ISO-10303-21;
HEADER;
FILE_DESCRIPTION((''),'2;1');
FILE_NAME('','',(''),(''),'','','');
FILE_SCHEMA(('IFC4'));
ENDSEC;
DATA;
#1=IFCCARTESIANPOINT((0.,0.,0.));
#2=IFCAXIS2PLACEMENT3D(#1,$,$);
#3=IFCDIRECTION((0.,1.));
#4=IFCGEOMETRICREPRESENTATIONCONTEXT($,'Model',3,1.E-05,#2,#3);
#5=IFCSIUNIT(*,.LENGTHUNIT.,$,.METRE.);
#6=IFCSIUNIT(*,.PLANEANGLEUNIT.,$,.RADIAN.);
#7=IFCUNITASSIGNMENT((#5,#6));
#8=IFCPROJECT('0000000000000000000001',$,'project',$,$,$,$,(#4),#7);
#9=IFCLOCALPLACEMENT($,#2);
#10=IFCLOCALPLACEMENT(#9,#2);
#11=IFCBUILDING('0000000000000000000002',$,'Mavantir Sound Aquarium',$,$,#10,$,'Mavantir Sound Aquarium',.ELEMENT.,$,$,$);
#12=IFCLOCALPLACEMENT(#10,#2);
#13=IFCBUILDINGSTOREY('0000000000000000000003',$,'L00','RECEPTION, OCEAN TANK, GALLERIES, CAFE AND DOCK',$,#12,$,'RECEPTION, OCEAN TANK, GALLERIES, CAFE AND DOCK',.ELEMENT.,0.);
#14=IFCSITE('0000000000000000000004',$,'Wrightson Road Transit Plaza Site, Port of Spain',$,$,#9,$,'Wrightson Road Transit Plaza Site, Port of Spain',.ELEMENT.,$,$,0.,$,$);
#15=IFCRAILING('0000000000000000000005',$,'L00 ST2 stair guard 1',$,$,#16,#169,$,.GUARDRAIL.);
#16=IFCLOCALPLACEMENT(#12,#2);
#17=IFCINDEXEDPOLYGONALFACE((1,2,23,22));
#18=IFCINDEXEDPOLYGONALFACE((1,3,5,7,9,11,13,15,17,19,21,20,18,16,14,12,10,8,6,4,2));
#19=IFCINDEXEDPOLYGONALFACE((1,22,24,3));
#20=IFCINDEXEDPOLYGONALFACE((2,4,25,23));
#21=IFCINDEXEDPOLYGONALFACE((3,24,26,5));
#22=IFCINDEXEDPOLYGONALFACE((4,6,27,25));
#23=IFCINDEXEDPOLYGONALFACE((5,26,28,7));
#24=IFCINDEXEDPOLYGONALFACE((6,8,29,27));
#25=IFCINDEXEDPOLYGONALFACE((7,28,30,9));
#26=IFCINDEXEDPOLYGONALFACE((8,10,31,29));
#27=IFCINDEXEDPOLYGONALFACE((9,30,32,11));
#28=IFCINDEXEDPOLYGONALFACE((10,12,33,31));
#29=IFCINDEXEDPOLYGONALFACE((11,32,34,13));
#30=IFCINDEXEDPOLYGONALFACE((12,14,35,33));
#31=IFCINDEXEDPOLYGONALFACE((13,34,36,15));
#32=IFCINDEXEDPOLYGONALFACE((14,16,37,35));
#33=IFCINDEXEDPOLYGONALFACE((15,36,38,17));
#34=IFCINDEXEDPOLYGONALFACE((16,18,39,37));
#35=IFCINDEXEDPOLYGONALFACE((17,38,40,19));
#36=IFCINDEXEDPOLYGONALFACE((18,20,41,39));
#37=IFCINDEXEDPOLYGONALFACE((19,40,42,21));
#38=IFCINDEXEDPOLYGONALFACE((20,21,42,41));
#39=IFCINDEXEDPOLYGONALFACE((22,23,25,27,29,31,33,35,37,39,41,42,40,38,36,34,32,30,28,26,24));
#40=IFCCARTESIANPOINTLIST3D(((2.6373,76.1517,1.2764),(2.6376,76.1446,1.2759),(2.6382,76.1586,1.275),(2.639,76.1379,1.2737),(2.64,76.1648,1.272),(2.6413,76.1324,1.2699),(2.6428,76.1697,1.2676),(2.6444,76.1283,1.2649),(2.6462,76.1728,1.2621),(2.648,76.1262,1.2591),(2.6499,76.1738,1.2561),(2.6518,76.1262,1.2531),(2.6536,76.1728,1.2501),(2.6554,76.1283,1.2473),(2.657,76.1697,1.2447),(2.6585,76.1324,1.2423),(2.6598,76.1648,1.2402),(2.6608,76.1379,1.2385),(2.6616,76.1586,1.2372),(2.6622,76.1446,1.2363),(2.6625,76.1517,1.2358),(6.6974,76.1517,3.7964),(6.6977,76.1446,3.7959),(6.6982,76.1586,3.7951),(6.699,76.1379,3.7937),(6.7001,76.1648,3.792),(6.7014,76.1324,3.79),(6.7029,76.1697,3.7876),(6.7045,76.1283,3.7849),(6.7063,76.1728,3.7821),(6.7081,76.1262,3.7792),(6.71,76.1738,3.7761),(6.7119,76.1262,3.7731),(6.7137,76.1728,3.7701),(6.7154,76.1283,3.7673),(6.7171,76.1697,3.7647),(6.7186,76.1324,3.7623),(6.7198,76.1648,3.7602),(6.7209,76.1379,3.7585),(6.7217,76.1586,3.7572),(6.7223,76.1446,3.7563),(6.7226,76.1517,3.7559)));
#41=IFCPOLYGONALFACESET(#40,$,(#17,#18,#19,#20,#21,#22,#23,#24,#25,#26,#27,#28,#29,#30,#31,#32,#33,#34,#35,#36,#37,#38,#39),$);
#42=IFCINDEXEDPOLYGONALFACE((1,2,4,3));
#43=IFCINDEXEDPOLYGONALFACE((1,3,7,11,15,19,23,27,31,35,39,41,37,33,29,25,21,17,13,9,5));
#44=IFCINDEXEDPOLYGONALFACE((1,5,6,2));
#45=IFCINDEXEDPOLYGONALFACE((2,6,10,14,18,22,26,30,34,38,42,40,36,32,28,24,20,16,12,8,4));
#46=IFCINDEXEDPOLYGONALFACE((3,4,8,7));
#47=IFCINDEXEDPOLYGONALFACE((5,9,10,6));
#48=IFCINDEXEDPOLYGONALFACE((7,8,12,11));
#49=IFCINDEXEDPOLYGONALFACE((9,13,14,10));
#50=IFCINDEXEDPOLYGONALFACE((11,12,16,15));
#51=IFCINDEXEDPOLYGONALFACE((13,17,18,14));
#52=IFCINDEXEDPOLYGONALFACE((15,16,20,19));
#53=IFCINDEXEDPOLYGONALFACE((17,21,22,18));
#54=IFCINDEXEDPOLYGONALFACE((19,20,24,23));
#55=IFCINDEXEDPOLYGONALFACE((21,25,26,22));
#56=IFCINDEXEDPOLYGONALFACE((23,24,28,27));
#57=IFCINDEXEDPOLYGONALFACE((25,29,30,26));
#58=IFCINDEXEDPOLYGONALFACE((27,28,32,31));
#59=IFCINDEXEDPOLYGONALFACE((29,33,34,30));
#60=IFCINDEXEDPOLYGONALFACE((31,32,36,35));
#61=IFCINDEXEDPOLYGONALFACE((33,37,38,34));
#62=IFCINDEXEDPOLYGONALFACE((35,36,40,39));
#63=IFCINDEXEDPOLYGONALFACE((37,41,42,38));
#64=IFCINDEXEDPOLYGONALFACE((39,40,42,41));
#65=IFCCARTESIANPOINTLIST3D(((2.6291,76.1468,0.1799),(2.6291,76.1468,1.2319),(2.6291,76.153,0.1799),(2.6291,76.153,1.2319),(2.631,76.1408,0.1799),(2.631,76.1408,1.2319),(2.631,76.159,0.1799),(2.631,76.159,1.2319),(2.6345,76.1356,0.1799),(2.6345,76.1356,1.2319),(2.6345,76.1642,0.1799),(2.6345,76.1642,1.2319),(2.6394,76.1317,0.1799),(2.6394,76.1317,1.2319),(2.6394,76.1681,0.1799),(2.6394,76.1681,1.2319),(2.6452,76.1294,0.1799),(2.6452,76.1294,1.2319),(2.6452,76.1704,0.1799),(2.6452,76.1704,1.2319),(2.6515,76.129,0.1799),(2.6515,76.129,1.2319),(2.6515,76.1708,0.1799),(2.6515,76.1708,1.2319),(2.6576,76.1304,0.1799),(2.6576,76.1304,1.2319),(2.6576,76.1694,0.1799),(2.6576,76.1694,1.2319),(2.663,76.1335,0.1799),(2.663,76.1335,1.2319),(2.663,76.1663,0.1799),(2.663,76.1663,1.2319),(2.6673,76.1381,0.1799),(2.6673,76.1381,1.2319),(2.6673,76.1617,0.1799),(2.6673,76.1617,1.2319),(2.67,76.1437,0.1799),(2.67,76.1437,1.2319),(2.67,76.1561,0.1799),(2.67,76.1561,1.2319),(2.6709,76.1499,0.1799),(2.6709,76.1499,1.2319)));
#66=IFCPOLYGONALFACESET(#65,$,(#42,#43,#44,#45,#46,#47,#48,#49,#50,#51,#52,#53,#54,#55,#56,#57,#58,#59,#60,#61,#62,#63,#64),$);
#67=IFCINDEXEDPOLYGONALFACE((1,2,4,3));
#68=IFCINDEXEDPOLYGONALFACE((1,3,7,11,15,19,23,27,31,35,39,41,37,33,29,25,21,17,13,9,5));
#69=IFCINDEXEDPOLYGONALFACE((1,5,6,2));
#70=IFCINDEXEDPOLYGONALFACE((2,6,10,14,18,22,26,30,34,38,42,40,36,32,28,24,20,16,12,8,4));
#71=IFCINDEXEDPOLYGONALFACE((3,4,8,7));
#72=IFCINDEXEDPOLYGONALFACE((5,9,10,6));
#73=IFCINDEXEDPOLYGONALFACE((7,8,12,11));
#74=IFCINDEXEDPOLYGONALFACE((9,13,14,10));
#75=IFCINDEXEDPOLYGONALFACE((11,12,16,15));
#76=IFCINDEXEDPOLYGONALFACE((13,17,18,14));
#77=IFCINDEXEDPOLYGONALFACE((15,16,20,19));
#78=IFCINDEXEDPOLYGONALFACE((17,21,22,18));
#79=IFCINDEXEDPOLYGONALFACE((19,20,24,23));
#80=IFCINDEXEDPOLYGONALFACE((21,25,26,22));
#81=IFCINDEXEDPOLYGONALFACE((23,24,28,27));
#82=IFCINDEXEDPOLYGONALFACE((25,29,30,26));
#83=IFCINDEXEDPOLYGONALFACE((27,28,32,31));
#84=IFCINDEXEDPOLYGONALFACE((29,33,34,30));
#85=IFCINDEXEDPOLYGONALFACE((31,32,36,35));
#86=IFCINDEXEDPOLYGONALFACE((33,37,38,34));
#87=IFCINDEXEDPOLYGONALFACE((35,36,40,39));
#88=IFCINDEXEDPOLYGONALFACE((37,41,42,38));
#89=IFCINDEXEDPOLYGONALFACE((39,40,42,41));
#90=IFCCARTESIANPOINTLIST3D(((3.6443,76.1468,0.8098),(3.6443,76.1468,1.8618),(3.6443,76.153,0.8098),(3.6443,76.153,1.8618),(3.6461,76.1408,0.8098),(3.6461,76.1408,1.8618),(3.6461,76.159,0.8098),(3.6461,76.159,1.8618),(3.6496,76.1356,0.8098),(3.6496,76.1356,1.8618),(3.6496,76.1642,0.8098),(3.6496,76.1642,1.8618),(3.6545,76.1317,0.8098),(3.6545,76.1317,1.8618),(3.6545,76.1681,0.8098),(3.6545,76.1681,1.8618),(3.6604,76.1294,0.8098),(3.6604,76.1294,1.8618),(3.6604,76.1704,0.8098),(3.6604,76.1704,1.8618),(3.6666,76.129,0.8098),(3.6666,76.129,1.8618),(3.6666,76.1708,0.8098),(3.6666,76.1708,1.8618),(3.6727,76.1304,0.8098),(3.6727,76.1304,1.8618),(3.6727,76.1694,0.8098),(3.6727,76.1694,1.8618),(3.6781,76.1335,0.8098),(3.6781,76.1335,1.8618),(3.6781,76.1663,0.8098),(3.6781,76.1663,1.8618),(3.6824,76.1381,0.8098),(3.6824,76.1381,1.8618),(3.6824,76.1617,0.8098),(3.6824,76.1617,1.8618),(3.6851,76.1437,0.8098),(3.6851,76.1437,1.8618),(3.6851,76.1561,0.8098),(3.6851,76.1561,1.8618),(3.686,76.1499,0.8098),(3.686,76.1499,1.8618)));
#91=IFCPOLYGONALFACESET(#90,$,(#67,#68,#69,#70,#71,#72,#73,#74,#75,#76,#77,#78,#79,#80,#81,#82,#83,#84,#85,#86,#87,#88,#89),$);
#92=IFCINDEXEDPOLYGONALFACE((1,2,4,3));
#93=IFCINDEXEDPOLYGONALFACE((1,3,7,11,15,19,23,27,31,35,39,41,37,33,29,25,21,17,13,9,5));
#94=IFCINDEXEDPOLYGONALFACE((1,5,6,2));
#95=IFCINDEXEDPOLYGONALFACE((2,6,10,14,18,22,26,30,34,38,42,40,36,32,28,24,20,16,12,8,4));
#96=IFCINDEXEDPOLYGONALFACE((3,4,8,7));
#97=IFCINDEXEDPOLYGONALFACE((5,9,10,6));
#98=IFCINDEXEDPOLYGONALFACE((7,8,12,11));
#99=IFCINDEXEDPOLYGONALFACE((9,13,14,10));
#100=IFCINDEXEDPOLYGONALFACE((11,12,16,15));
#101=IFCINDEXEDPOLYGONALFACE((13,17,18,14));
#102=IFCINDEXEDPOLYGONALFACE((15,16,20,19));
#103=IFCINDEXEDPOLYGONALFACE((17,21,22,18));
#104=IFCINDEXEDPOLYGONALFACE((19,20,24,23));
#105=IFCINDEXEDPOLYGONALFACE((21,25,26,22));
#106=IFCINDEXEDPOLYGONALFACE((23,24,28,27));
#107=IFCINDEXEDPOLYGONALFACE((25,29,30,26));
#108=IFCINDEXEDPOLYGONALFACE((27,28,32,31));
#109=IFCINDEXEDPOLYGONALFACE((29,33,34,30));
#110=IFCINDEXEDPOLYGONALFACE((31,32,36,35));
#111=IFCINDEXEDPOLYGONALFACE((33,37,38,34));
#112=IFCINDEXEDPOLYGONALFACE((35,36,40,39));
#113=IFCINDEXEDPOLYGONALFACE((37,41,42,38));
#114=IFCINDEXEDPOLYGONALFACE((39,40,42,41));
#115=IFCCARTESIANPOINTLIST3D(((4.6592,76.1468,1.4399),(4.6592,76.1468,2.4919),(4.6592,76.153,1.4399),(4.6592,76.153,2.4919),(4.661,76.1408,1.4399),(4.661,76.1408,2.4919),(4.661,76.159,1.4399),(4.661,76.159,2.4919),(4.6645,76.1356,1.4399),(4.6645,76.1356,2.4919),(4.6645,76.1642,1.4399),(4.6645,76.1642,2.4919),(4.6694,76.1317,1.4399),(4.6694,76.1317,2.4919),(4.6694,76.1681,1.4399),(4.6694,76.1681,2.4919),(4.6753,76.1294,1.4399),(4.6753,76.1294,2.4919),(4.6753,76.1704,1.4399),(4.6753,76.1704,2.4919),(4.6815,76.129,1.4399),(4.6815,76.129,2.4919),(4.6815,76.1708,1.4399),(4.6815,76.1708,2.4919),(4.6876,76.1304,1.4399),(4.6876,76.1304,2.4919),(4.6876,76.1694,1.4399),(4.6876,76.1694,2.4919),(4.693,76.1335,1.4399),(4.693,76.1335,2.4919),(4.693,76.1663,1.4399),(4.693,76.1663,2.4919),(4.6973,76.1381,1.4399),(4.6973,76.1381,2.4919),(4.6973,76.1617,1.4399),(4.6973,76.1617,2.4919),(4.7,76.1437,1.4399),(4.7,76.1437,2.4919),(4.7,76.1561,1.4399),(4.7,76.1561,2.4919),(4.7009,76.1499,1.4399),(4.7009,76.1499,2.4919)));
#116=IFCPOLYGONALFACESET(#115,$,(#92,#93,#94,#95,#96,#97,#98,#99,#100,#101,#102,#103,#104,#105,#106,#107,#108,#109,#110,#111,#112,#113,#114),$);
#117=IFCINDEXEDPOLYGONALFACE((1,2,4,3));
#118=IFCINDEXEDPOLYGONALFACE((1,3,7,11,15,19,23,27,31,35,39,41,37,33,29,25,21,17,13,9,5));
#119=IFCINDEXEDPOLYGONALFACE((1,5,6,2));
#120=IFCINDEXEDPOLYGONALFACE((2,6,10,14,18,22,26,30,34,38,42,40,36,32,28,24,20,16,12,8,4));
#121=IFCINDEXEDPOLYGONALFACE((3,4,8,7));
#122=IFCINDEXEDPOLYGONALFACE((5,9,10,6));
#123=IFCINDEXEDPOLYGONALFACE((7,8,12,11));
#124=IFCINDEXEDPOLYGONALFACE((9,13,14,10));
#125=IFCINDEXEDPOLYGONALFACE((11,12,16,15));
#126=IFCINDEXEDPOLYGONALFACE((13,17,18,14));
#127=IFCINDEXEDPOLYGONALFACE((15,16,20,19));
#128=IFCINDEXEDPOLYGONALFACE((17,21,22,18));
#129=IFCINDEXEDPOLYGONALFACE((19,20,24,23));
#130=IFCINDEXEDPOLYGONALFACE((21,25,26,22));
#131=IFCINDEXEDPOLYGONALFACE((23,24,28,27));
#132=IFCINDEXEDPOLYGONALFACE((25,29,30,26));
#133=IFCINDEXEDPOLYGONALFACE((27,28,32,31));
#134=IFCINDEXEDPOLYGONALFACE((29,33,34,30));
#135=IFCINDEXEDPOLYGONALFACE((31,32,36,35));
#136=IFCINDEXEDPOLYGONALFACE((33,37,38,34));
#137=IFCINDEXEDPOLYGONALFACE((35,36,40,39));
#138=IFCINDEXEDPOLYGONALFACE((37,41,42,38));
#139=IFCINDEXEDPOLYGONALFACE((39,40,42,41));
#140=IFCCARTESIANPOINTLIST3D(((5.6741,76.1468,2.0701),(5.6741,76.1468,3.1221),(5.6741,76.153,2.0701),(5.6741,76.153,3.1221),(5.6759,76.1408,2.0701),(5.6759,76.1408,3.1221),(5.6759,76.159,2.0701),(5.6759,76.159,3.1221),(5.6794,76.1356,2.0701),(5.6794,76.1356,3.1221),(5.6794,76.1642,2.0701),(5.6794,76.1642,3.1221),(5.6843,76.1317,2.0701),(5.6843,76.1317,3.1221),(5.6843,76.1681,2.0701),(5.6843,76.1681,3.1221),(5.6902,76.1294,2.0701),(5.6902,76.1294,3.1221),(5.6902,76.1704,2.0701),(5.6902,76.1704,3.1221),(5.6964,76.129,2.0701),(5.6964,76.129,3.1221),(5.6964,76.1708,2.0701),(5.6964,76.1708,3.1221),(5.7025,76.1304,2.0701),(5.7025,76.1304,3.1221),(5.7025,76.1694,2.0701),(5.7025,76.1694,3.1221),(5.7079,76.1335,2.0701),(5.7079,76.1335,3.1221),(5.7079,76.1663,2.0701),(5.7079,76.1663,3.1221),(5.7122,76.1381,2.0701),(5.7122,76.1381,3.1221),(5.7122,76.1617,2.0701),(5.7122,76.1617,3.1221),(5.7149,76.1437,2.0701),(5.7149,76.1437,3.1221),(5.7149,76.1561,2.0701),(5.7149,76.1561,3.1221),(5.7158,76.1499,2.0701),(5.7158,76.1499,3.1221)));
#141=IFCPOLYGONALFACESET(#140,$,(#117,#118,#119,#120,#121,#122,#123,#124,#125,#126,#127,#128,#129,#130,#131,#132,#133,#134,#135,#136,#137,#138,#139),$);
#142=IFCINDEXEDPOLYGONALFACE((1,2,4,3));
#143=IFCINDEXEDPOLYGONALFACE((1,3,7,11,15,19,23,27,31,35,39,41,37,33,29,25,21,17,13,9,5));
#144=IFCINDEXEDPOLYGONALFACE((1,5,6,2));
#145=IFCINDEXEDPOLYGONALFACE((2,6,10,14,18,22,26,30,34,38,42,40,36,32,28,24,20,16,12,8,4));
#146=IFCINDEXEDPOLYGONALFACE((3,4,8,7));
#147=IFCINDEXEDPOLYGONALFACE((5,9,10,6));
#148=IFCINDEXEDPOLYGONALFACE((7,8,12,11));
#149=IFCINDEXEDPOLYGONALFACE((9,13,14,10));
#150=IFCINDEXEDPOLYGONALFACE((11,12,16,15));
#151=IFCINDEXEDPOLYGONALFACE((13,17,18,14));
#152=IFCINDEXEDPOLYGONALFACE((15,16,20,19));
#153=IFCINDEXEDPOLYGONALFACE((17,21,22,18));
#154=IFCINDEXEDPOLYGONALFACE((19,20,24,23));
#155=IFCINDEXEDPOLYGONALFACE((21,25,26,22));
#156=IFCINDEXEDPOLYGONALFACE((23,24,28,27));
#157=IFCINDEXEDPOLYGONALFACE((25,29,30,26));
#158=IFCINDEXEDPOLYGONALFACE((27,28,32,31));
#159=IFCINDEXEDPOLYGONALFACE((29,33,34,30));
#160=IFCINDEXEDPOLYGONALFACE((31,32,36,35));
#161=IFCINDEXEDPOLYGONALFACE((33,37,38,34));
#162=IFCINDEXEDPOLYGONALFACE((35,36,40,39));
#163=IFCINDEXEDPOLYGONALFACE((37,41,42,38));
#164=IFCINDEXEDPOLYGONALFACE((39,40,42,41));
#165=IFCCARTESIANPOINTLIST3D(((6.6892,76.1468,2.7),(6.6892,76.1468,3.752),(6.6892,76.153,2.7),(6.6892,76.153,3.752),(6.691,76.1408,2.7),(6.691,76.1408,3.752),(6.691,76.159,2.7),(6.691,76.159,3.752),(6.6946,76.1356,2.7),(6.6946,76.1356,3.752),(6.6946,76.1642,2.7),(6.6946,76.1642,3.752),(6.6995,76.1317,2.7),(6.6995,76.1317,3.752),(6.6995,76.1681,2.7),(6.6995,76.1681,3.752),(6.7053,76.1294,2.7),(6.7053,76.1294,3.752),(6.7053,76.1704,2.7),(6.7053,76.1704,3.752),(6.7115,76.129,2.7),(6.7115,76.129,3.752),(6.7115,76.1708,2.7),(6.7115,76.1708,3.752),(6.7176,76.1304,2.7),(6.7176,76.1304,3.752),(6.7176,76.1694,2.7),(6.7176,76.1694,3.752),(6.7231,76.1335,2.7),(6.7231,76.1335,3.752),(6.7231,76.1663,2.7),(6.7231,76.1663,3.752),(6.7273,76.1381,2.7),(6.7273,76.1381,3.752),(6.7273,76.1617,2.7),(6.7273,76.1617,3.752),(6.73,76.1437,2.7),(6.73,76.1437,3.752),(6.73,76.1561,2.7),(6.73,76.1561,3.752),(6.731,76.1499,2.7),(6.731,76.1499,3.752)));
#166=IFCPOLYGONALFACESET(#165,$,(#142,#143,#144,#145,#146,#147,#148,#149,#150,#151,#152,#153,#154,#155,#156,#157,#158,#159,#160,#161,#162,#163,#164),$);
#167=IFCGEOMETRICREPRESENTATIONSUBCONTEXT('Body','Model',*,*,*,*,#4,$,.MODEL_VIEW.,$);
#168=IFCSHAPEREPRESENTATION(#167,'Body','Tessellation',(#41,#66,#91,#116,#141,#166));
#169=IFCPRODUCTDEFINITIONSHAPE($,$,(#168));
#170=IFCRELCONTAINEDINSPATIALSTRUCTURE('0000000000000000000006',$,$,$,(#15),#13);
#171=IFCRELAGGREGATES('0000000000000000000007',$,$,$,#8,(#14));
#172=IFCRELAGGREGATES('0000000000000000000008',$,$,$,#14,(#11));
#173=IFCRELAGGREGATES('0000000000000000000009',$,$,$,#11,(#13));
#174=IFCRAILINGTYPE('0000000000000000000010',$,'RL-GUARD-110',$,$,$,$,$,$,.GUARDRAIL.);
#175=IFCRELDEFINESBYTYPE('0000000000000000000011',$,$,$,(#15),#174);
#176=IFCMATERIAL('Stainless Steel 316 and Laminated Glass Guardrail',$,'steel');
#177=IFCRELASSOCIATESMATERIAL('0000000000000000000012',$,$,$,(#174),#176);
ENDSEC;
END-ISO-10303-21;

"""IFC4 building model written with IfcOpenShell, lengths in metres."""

from ifc_helpers import new_model, si_unit, direction, frame, origin, origin_2d, place, context, subcontext, project, spatial, circle, extrude, material, type_object, element, save


model = new_model("IFC4")

# Units and contexts
model_context = context("Model", 3, precision=1e-05, world=origin(), true_north=direction((0.0, 1.0)))
body_context = subcontext(model_context, "Body", "Model", "MODEL_VIEW")
ifc_project = project(units=[si_unit("LENGTHUNIT", "METRE"), si_unit("PLANEANGLEUNIT", "RADIAN")], contexts=[model_context])

# Site, building, storey
site_placement = place(None, origin())
site = spatial("IfcSite", under=ifc_project, at=site_placement, Name="Wrightson Road Transit Plaza Site, Port of Spain", LongName="Wrightson Road Transit Plaza Site, Port of Spain", CompositionType="ELEMENT", RefElevation=0.0)
building_placement = place(site_placement, origin())
building = spatial("IfcBuilding", under=site, at=building_placement, Name="Mavantir Sound Aquarium", LongName="Mavantir Sound Aquarium", CompositionType="ELEMENT")
storey_placement = place(building_placement, origin())
storey = spatial("IfcBuildingStorey", under=building, at=storey_placement, Name="L00", Description="RECEPTION, OCEAN TANK, GALLERIES, CAFE AND DOCK", LongName="RECEPTION, OCEAN TANK, GALLERIES, CAFE AND DOCK", CompositionType="ELEMENT", Elevation=0.0)

# Railing
ifc_material_1 = material(Name="Stainless Steel 316 and Laminated Glass Guardrail", Category="steel")
railing_type_1 = type_object("IfcRailingType", Name="RL-GUARD-110", PredefinedType="GUARDRAIL", material=ifc_material_1)
railing_1_placement = place(storey_placement, frame((2.6499, 76.1499, 0.1799)))
element("IfcRailing", 1, at=railing_1_placement, inside=storey, type_object=railing_type_1, Name="L00 ST2 stair guard 1", PredefinedType="GUARDRAIL", context=body_context, shape_type="SweptSolid", body=[
    extrude(circle(Radius=0.0239, at=origin_2d()), frame((0.0, 0.0, 1.0762), z_axis=(0.849642, 0.0, 0.52736), x_axis=(0.0, 1.0, 0.0)), (0.0, 0.0, 1.0), 4.7786),
    extrude(circle(Radius=0.021, at=origin_2d()), origin(), (0.0, 0.0, 1.0), 1.052),
    extrude(circle(Radius=0.021, at=origin_2d()), frame((1.0151, 0.0, 0.6299)), (0.0, 0.0, 1.0), 1.052),
    extrude(circle(Radius=0.021, at=origin_2d()), frame((2.03, 0.0, 1.26)), (0.0, 0.0, 1.0), 1.052),
    extrude(circle(Radius=0.021, at=origin_2d()), frame((3.0449, 0.0, 1.8901)), (0.0, 0.0, 1.0), 1.052),
    extrude(circle(Radius=0.021, at=origin_2d()), frame((4.0601, 0.0, 2.52)), (0.0, 0.0, 1.0), 1.052),
])

save(model, "model.ifc")
